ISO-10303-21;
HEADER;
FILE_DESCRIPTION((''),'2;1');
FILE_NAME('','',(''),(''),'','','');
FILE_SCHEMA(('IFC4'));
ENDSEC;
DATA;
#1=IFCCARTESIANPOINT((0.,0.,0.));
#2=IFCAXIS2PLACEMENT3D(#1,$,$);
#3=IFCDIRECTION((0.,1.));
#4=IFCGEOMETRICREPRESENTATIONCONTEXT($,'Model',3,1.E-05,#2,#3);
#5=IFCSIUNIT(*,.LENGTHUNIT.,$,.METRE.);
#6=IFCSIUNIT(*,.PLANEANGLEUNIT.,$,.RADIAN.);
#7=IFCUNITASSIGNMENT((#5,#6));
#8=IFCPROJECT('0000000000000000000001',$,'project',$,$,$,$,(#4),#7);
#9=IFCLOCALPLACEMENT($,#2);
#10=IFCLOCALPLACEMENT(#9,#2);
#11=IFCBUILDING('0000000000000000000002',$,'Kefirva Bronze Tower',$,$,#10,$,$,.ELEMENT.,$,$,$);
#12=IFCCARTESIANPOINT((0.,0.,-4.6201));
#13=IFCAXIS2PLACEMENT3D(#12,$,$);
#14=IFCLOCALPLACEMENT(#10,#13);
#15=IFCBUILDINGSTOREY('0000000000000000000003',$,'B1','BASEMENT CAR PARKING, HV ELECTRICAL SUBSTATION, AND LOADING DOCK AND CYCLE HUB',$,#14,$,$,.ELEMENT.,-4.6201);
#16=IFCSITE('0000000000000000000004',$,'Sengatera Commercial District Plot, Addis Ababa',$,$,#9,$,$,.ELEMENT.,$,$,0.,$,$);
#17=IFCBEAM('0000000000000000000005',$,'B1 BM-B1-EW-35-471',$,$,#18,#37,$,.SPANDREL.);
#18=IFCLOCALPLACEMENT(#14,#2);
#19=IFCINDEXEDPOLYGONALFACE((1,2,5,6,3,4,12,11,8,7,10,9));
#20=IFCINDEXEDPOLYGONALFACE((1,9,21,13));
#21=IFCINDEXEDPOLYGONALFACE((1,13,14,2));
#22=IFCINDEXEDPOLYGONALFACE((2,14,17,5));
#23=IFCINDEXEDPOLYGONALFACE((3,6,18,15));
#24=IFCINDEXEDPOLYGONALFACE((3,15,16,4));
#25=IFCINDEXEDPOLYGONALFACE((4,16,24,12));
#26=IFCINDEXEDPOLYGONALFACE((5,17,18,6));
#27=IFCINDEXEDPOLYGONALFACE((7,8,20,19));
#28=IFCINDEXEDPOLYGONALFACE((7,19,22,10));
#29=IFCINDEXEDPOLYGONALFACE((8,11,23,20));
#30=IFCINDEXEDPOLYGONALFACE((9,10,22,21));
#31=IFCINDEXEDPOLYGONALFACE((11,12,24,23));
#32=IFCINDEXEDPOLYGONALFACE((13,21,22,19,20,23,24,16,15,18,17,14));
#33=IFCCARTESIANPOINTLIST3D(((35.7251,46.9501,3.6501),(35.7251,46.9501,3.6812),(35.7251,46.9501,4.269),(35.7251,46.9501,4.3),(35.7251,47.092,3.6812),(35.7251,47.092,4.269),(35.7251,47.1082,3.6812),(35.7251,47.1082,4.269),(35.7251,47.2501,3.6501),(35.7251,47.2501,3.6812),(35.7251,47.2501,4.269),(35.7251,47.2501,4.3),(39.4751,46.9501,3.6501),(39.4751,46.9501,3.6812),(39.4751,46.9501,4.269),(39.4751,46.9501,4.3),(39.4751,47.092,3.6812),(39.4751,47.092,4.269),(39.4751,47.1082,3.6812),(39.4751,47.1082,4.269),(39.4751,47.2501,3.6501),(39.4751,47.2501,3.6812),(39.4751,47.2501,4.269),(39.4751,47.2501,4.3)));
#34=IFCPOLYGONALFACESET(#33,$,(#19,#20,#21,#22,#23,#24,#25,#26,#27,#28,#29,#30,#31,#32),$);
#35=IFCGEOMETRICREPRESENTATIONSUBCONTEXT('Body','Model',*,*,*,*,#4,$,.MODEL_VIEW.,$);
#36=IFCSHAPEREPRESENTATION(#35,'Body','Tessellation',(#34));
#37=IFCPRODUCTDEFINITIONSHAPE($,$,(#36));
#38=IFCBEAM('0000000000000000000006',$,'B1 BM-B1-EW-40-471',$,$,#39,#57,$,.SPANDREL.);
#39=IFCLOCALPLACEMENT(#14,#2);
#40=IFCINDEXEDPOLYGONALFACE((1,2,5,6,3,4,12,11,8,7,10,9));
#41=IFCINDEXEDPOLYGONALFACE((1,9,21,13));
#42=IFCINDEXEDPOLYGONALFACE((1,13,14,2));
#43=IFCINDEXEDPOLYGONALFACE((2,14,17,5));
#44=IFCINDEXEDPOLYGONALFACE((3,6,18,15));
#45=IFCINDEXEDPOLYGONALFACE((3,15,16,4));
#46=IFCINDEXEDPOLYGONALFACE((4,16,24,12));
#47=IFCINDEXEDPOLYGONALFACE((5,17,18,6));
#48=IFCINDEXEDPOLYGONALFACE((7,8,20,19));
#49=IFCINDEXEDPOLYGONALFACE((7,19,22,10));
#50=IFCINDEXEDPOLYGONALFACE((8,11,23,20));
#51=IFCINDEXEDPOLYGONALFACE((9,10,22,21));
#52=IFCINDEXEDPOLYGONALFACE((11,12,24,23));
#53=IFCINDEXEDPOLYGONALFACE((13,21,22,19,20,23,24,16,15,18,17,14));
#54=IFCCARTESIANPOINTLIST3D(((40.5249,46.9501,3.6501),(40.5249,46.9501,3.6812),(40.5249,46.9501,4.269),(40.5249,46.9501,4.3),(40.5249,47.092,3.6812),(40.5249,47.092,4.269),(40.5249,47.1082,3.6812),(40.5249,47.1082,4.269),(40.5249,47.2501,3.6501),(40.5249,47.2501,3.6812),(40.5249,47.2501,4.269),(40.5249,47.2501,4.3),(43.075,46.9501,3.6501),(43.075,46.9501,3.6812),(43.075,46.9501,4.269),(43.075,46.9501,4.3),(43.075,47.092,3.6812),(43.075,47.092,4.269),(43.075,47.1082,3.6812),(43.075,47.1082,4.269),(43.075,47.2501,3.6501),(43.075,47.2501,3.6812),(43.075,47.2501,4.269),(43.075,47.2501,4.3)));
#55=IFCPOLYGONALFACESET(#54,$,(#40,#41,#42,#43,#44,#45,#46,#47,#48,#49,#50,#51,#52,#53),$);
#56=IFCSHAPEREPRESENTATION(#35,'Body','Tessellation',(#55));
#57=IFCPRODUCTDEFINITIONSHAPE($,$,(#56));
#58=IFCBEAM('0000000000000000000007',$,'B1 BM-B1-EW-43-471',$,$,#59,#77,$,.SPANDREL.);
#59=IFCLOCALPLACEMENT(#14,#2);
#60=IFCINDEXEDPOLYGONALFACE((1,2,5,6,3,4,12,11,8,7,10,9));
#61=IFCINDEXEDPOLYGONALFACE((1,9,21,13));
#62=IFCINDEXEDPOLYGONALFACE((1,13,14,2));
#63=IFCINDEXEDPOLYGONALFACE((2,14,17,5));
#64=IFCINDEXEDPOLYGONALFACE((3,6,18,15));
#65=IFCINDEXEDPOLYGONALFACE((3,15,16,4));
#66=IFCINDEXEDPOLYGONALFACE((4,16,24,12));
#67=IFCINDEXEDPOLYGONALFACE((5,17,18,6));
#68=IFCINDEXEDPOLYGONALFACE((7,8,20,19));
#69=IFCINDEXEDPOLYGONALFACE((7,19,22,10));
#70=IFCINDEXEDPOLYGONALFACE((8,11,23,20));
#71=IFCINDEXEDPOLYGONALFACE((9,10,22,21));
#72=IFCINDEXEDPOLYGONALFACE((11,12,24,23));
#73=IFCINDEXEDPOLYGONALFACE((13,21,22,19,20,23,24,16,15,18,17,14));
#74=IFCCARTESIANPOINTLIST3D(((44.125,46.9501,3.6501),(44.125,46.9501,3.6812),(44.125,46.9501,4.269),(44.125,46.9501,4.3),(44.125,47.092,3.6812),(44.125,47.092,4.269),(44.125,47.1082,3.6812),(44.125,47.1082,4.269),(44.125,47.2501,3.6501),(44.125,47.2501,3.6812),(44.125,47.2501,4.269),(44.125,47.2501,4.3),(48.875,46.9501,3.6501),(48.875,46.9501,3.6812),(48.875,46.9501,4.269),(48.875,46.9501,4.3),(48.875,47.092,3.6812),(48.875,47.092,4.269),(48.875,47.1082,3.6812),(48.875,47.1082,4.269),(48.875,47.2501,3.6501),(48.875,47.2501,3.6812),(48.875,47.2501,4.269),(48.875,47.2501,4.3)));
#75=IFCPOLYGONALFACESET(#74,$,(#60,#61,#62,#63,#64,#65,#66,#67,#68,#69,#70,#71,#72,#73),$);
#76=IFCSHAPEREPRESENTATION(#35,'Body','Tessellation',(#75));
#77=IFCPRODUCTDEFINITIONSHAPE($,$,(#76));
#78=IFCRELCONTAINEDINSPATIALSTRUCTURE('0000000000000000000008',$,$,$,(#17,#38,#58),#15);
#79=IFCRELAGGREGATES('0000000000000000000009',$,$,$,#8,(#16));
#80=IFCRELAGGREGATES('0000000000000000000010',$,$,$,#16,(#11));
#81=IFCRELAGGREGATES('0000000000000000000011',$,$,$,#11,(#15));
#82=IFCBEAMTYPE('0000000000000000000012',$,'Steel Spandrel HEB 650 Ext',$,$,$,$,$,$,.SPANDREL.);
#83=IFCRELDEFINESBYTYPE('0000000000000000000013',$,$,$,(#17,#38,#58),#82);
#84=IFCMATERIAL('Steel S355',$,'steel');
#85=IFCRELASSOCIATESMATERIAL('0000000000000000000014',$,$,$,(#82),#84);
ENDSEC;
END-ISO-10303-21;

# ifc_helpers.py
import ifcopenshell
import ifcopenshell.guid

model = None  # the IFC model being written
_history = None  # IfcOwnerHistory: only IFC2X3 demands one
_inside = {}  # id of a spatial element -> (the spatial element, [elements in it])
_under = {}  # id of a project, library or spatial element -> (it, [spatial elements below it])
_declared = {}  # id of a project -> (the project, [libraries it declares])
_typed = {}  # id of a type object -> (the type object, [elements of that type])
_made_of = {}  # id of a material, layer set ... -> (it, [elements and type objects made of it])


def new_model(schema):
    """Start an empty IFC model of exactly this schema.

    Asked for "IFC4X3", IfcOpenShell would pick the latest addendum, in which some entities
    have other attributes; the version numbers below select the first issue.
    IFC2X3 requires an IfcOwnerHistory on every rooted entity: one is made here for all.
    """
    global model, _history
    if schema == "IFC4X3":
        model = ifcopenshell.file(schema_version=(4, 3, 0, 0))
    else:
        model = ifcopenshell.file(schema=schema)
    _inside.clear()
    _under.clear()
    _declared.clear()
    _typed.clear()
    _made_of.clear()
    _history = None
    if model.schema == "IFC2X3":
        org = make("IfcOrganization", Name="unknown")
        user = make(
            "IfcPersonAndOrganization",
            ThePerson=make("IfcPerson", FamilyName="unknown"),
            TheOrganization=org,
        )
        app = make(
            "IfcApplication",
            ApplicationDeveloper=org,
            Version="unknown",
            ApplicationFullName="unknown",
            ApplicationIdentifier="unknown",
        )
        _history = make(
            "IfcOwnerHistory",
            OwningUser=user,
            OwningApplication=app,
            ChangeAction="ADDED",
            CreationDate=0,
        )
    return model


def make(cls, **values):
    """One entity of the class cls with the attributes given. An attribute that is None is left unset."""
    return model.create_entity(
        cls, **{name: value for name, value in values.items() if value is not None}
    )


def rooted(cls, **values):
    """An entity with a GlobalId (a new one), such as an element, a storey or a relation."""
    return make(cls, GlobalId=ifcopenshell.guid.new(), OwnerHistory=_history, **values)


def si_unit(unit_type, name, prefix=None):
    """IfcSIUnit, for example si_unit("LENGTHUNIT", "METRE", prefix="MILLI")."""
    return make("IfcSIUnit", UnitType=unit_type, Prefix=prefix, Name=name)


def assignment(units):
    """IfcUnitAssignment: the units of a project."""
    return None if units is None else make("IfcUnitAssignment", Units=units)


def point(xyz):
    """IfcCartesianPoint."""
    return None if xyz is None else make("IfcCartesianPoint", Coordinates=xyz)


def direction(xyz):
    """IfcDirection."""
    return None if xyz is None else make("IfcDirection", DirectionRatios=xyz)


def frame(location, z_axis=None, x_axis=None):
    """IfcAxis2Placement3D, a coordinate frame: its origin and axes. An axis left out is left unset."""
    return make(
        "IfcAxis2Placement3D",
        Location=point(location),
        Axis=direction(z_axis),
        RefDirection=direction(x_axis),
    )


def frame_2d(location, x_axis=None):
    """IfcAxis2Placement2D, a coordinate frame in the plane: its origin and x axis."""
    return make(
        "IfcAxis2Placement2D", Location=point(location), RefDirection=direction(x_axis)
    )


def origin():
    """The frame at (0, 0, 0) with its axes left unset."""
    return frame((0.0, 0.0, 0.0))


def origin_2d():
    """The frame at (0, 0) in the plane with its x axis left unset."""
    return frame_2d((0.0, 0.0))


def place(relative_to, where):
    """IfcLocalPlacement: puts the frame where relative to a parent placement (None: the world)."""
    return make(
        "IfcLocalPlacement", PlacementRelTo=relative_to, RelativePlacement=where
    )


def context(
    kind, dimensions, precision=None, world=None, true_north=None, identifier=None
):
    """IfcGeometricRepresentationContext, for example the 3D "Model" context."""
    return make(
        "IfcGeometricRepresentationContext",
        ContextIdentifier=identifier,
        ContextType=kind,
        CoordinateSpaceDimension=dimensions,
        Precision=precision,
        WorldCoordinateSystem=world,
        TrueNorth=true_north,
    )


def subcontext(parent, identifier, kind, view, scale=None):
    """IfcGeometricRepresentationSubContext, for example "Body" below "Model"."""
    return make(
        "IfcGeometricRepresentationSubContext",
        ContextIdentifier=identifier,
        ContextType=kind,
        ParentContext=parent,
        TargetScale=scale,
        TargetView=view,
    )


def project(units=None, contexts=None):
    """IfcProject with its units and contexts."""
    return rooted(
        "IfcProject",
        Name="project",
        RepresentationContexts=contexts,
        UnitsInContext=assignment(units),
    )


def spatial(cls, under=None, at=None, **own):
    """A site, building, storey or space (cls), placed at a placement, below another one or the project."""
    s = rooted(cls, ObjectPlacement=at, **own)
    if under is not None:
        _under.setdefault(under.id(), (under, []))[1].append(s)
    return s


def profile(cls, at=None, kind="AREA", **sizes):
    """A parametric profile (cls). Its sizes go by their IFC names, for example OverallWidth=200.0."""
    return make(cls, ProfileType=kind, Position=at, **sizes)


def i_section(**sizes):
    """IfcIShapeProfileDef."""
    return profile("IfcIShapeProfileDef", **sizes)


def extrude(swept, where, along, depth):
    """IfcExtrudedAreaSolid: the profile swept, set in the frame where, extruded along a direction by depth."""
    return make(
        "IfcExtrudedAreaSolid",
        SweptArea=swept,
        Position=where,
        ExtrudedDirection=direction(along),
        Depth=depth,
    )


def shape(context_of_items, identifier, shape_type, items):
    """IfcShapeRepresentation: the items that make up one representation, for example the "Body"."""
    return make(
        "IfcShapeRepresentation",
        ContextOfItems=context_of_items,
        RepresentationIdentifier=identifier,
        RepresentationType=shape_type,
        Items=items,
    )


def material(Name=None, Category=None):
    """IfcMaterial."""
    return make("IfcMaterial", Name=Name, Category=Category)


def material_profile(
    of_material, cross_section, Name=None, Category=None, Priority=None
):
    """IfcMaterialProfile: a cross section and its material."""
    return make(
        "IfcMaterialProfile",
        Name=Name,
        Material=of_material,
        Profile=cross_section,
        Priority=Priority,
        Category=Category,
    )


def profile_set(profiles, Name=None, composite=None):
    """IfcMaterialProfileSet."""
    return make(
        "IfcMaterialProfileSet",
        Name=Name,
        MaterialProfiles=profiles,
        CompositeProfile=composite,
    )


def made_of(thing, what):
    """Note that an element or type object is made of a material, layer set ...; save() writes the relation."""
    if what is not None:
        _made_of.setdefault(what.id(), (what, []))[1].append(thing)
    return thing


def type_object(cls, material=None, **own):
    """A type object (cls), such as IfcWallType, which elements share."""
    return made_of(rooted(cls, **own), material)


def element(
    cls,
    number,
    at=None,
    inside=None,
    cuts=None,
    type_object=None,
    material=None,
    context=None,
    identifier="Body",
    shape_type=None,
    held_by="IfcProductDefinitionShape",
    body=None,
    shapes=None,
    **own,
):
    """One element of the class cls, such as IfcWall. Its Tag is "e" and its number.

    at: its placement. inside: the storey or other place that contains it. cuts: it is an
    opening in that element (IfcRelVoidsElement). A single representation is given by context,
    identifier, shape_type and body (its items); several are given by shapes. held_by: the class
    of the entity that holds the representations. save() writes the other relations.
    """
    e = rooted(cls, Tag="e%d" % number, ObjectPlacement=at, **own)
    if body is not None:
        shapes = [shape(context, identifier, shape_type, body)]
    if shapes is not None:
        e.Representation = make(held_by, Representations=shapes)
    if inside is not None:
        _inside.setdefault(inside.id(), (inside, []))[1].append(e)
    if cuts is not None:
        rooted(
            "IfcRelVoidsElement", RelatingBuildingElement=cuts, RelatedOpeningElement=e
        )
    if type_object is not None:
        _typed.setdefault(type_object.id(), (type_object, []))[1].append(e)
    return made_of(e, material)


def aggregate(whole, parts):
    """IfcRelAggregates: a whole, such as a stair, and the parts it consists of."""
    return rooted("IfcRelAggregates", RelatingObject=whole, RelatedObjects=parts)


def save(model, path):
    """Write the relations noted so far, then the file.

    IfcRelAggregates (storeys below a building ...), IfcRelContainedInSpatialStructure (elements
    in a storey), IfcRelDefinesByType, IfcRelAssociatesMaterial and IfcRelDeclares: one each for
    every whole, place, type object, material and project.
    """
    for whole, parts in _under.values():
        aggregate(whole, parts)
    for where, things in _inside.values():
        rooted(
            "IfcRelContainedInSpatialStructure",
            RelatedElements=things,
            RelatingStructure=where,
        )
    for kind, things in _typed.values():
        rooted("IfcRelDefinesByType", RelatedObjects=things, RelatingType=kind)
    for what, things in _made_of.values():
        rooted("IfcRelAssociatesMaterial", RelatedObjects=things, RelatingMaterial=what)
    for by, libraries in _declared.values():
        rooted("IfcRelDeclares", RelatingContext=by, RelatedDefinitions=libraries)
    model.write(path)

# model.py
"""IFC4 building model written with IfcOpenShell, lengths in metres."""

from ifc_helpers import new_model, si_unit, direction, frame, origin, origin_2d, place, context, subcontext, project, spatial, i_section, extrude, material, material_profile, profile_set, type_object, element, save


model = new_model("IFC4")

# Units and contexts
model_context = context("Model", 3, precision=1e-05, world=origin(), true_north=direction((0.0, 1.0)))
body_context = subcontext(model_context, "Body", "Model", "MODEL_VIEW")
ifc_project = project(units=[si_unit("LENGTHUNIT", "METRE"), si_unit("PLANEANGLEUNIT", "RADIAN")], contexts=[model_context])

# Site, building, storey
site_placement = place(None, origin())
site = spatial("IfcSite", under=ifc_project, at=site_placement, Name="Sengatera Commercial District Plot, Addis Ababa", CompositionType="ELEMENT", RefElevation=0.0)
building_placement = place(site_placement, origin())
building = spatial("IfcBuilding", under=site, at=building_placement, Name="Kefirva Bronze Tower", CompositionType="ELEMENT")
storey_placement = place(building_placement, frame((0.0, 0.0, -4.6201)))
storey = spatial("IfcBuildingStorey", under=building, at=storey_placement, Name="B1", Description="BASEMENT CAR PARKING, HV ELECTRICAL SUBSTATION, AND LOADING DOCK AND CYCLE HUB", CompositionType="ELEMENT", Elevation=-4.6201)

# Beams
ifc_material_1 = material(Name="Steel S355", Category="steel")
ifc_material_profile_1 = material_profile(ifc_material_1, i_section(OverallWidth=0.3, OverallDepth=0.6499, WebThickness=0.0161, FlangeThickness=0.031, at=origin_2d()), Name="HEB 650")
ifc_profile_set_1 = profile_set([ifc_material_profile_1], Name="Steel S355")
beam_type_1 = type_object("IfcBeamType", Name="Steel Spandrel HEB 650 Ext", PredefinedType="SPANDREL", material=ifc_profile_set_1)
beam_1_placement = place(storey_placement, frame((35.7251, 47.1001, 3.9751), z_axis=(1.0, 0.0, 0.0), x_axis=(0.0, 1.0, 0.0)))
element("IfcBeam", 1, at=beam_1_placement, inside=storey, type_object=beam_type_1, Name="B1 BM-B1-EW-35-471", PredefinedType="SPANDREL", context=body_context, shape_type="SweptSolid", body=[
    extrude(i_section(OverallWidth=0.3, OverallDepth=0.6499, WebThickness=0.0161, FlangeThickness=0.031, at=origin_2d()), origin(), (0.0, 0.0, 1.0), 3.75),
])
beam_2_placement = place(storey_placement, frame((40.5249, 47.1001, 3.9751), z_axis=(1.0, 0.0, 0.0), x_axis=(0.0, 1.0, 0.0)))
element("IfcBeam", 2, at=beam_2_placement, inside=storey, type_object=beam_type_1, Name="B1 BM-B1-EW-40-471", PredefinedType="SPANDREL", context=body_context, shape_type="SweptSolid", body=[
    extrude(i_section(OverallWidth=0.3, OverallDepth=0.6499, WebThickness=0.0161, FlangeThickness=0.031, at=origin_2d()), origin(), (0.0, 0.0, 1.0), 2.55),
])
beam_3_placement = place(storey_placement, frame((44.125, 47.1001, 3.9751), z_axis=(1.0, 0.0, 0.0), x_axis=(0.0, 1.0, 0.0)))
element("IfcBeam", 3, at=beam_3_placement, inside=storey, type_object=beam_type_1, Name="B1 BM-B1-EW-43-471", PredefinedType="SPANDREL", context=body_context, shape_type="SweptSolid", body=[
    extrude(i_section(OverallWidth=0.3, OverallDepth=0.6499, WebThickness=0.0161, FlangeThickness=0.031, at=origin_2d()), origin(), (0.0, 0.0, 1.0), 4.75),
])

save(model, "model.ifc")
